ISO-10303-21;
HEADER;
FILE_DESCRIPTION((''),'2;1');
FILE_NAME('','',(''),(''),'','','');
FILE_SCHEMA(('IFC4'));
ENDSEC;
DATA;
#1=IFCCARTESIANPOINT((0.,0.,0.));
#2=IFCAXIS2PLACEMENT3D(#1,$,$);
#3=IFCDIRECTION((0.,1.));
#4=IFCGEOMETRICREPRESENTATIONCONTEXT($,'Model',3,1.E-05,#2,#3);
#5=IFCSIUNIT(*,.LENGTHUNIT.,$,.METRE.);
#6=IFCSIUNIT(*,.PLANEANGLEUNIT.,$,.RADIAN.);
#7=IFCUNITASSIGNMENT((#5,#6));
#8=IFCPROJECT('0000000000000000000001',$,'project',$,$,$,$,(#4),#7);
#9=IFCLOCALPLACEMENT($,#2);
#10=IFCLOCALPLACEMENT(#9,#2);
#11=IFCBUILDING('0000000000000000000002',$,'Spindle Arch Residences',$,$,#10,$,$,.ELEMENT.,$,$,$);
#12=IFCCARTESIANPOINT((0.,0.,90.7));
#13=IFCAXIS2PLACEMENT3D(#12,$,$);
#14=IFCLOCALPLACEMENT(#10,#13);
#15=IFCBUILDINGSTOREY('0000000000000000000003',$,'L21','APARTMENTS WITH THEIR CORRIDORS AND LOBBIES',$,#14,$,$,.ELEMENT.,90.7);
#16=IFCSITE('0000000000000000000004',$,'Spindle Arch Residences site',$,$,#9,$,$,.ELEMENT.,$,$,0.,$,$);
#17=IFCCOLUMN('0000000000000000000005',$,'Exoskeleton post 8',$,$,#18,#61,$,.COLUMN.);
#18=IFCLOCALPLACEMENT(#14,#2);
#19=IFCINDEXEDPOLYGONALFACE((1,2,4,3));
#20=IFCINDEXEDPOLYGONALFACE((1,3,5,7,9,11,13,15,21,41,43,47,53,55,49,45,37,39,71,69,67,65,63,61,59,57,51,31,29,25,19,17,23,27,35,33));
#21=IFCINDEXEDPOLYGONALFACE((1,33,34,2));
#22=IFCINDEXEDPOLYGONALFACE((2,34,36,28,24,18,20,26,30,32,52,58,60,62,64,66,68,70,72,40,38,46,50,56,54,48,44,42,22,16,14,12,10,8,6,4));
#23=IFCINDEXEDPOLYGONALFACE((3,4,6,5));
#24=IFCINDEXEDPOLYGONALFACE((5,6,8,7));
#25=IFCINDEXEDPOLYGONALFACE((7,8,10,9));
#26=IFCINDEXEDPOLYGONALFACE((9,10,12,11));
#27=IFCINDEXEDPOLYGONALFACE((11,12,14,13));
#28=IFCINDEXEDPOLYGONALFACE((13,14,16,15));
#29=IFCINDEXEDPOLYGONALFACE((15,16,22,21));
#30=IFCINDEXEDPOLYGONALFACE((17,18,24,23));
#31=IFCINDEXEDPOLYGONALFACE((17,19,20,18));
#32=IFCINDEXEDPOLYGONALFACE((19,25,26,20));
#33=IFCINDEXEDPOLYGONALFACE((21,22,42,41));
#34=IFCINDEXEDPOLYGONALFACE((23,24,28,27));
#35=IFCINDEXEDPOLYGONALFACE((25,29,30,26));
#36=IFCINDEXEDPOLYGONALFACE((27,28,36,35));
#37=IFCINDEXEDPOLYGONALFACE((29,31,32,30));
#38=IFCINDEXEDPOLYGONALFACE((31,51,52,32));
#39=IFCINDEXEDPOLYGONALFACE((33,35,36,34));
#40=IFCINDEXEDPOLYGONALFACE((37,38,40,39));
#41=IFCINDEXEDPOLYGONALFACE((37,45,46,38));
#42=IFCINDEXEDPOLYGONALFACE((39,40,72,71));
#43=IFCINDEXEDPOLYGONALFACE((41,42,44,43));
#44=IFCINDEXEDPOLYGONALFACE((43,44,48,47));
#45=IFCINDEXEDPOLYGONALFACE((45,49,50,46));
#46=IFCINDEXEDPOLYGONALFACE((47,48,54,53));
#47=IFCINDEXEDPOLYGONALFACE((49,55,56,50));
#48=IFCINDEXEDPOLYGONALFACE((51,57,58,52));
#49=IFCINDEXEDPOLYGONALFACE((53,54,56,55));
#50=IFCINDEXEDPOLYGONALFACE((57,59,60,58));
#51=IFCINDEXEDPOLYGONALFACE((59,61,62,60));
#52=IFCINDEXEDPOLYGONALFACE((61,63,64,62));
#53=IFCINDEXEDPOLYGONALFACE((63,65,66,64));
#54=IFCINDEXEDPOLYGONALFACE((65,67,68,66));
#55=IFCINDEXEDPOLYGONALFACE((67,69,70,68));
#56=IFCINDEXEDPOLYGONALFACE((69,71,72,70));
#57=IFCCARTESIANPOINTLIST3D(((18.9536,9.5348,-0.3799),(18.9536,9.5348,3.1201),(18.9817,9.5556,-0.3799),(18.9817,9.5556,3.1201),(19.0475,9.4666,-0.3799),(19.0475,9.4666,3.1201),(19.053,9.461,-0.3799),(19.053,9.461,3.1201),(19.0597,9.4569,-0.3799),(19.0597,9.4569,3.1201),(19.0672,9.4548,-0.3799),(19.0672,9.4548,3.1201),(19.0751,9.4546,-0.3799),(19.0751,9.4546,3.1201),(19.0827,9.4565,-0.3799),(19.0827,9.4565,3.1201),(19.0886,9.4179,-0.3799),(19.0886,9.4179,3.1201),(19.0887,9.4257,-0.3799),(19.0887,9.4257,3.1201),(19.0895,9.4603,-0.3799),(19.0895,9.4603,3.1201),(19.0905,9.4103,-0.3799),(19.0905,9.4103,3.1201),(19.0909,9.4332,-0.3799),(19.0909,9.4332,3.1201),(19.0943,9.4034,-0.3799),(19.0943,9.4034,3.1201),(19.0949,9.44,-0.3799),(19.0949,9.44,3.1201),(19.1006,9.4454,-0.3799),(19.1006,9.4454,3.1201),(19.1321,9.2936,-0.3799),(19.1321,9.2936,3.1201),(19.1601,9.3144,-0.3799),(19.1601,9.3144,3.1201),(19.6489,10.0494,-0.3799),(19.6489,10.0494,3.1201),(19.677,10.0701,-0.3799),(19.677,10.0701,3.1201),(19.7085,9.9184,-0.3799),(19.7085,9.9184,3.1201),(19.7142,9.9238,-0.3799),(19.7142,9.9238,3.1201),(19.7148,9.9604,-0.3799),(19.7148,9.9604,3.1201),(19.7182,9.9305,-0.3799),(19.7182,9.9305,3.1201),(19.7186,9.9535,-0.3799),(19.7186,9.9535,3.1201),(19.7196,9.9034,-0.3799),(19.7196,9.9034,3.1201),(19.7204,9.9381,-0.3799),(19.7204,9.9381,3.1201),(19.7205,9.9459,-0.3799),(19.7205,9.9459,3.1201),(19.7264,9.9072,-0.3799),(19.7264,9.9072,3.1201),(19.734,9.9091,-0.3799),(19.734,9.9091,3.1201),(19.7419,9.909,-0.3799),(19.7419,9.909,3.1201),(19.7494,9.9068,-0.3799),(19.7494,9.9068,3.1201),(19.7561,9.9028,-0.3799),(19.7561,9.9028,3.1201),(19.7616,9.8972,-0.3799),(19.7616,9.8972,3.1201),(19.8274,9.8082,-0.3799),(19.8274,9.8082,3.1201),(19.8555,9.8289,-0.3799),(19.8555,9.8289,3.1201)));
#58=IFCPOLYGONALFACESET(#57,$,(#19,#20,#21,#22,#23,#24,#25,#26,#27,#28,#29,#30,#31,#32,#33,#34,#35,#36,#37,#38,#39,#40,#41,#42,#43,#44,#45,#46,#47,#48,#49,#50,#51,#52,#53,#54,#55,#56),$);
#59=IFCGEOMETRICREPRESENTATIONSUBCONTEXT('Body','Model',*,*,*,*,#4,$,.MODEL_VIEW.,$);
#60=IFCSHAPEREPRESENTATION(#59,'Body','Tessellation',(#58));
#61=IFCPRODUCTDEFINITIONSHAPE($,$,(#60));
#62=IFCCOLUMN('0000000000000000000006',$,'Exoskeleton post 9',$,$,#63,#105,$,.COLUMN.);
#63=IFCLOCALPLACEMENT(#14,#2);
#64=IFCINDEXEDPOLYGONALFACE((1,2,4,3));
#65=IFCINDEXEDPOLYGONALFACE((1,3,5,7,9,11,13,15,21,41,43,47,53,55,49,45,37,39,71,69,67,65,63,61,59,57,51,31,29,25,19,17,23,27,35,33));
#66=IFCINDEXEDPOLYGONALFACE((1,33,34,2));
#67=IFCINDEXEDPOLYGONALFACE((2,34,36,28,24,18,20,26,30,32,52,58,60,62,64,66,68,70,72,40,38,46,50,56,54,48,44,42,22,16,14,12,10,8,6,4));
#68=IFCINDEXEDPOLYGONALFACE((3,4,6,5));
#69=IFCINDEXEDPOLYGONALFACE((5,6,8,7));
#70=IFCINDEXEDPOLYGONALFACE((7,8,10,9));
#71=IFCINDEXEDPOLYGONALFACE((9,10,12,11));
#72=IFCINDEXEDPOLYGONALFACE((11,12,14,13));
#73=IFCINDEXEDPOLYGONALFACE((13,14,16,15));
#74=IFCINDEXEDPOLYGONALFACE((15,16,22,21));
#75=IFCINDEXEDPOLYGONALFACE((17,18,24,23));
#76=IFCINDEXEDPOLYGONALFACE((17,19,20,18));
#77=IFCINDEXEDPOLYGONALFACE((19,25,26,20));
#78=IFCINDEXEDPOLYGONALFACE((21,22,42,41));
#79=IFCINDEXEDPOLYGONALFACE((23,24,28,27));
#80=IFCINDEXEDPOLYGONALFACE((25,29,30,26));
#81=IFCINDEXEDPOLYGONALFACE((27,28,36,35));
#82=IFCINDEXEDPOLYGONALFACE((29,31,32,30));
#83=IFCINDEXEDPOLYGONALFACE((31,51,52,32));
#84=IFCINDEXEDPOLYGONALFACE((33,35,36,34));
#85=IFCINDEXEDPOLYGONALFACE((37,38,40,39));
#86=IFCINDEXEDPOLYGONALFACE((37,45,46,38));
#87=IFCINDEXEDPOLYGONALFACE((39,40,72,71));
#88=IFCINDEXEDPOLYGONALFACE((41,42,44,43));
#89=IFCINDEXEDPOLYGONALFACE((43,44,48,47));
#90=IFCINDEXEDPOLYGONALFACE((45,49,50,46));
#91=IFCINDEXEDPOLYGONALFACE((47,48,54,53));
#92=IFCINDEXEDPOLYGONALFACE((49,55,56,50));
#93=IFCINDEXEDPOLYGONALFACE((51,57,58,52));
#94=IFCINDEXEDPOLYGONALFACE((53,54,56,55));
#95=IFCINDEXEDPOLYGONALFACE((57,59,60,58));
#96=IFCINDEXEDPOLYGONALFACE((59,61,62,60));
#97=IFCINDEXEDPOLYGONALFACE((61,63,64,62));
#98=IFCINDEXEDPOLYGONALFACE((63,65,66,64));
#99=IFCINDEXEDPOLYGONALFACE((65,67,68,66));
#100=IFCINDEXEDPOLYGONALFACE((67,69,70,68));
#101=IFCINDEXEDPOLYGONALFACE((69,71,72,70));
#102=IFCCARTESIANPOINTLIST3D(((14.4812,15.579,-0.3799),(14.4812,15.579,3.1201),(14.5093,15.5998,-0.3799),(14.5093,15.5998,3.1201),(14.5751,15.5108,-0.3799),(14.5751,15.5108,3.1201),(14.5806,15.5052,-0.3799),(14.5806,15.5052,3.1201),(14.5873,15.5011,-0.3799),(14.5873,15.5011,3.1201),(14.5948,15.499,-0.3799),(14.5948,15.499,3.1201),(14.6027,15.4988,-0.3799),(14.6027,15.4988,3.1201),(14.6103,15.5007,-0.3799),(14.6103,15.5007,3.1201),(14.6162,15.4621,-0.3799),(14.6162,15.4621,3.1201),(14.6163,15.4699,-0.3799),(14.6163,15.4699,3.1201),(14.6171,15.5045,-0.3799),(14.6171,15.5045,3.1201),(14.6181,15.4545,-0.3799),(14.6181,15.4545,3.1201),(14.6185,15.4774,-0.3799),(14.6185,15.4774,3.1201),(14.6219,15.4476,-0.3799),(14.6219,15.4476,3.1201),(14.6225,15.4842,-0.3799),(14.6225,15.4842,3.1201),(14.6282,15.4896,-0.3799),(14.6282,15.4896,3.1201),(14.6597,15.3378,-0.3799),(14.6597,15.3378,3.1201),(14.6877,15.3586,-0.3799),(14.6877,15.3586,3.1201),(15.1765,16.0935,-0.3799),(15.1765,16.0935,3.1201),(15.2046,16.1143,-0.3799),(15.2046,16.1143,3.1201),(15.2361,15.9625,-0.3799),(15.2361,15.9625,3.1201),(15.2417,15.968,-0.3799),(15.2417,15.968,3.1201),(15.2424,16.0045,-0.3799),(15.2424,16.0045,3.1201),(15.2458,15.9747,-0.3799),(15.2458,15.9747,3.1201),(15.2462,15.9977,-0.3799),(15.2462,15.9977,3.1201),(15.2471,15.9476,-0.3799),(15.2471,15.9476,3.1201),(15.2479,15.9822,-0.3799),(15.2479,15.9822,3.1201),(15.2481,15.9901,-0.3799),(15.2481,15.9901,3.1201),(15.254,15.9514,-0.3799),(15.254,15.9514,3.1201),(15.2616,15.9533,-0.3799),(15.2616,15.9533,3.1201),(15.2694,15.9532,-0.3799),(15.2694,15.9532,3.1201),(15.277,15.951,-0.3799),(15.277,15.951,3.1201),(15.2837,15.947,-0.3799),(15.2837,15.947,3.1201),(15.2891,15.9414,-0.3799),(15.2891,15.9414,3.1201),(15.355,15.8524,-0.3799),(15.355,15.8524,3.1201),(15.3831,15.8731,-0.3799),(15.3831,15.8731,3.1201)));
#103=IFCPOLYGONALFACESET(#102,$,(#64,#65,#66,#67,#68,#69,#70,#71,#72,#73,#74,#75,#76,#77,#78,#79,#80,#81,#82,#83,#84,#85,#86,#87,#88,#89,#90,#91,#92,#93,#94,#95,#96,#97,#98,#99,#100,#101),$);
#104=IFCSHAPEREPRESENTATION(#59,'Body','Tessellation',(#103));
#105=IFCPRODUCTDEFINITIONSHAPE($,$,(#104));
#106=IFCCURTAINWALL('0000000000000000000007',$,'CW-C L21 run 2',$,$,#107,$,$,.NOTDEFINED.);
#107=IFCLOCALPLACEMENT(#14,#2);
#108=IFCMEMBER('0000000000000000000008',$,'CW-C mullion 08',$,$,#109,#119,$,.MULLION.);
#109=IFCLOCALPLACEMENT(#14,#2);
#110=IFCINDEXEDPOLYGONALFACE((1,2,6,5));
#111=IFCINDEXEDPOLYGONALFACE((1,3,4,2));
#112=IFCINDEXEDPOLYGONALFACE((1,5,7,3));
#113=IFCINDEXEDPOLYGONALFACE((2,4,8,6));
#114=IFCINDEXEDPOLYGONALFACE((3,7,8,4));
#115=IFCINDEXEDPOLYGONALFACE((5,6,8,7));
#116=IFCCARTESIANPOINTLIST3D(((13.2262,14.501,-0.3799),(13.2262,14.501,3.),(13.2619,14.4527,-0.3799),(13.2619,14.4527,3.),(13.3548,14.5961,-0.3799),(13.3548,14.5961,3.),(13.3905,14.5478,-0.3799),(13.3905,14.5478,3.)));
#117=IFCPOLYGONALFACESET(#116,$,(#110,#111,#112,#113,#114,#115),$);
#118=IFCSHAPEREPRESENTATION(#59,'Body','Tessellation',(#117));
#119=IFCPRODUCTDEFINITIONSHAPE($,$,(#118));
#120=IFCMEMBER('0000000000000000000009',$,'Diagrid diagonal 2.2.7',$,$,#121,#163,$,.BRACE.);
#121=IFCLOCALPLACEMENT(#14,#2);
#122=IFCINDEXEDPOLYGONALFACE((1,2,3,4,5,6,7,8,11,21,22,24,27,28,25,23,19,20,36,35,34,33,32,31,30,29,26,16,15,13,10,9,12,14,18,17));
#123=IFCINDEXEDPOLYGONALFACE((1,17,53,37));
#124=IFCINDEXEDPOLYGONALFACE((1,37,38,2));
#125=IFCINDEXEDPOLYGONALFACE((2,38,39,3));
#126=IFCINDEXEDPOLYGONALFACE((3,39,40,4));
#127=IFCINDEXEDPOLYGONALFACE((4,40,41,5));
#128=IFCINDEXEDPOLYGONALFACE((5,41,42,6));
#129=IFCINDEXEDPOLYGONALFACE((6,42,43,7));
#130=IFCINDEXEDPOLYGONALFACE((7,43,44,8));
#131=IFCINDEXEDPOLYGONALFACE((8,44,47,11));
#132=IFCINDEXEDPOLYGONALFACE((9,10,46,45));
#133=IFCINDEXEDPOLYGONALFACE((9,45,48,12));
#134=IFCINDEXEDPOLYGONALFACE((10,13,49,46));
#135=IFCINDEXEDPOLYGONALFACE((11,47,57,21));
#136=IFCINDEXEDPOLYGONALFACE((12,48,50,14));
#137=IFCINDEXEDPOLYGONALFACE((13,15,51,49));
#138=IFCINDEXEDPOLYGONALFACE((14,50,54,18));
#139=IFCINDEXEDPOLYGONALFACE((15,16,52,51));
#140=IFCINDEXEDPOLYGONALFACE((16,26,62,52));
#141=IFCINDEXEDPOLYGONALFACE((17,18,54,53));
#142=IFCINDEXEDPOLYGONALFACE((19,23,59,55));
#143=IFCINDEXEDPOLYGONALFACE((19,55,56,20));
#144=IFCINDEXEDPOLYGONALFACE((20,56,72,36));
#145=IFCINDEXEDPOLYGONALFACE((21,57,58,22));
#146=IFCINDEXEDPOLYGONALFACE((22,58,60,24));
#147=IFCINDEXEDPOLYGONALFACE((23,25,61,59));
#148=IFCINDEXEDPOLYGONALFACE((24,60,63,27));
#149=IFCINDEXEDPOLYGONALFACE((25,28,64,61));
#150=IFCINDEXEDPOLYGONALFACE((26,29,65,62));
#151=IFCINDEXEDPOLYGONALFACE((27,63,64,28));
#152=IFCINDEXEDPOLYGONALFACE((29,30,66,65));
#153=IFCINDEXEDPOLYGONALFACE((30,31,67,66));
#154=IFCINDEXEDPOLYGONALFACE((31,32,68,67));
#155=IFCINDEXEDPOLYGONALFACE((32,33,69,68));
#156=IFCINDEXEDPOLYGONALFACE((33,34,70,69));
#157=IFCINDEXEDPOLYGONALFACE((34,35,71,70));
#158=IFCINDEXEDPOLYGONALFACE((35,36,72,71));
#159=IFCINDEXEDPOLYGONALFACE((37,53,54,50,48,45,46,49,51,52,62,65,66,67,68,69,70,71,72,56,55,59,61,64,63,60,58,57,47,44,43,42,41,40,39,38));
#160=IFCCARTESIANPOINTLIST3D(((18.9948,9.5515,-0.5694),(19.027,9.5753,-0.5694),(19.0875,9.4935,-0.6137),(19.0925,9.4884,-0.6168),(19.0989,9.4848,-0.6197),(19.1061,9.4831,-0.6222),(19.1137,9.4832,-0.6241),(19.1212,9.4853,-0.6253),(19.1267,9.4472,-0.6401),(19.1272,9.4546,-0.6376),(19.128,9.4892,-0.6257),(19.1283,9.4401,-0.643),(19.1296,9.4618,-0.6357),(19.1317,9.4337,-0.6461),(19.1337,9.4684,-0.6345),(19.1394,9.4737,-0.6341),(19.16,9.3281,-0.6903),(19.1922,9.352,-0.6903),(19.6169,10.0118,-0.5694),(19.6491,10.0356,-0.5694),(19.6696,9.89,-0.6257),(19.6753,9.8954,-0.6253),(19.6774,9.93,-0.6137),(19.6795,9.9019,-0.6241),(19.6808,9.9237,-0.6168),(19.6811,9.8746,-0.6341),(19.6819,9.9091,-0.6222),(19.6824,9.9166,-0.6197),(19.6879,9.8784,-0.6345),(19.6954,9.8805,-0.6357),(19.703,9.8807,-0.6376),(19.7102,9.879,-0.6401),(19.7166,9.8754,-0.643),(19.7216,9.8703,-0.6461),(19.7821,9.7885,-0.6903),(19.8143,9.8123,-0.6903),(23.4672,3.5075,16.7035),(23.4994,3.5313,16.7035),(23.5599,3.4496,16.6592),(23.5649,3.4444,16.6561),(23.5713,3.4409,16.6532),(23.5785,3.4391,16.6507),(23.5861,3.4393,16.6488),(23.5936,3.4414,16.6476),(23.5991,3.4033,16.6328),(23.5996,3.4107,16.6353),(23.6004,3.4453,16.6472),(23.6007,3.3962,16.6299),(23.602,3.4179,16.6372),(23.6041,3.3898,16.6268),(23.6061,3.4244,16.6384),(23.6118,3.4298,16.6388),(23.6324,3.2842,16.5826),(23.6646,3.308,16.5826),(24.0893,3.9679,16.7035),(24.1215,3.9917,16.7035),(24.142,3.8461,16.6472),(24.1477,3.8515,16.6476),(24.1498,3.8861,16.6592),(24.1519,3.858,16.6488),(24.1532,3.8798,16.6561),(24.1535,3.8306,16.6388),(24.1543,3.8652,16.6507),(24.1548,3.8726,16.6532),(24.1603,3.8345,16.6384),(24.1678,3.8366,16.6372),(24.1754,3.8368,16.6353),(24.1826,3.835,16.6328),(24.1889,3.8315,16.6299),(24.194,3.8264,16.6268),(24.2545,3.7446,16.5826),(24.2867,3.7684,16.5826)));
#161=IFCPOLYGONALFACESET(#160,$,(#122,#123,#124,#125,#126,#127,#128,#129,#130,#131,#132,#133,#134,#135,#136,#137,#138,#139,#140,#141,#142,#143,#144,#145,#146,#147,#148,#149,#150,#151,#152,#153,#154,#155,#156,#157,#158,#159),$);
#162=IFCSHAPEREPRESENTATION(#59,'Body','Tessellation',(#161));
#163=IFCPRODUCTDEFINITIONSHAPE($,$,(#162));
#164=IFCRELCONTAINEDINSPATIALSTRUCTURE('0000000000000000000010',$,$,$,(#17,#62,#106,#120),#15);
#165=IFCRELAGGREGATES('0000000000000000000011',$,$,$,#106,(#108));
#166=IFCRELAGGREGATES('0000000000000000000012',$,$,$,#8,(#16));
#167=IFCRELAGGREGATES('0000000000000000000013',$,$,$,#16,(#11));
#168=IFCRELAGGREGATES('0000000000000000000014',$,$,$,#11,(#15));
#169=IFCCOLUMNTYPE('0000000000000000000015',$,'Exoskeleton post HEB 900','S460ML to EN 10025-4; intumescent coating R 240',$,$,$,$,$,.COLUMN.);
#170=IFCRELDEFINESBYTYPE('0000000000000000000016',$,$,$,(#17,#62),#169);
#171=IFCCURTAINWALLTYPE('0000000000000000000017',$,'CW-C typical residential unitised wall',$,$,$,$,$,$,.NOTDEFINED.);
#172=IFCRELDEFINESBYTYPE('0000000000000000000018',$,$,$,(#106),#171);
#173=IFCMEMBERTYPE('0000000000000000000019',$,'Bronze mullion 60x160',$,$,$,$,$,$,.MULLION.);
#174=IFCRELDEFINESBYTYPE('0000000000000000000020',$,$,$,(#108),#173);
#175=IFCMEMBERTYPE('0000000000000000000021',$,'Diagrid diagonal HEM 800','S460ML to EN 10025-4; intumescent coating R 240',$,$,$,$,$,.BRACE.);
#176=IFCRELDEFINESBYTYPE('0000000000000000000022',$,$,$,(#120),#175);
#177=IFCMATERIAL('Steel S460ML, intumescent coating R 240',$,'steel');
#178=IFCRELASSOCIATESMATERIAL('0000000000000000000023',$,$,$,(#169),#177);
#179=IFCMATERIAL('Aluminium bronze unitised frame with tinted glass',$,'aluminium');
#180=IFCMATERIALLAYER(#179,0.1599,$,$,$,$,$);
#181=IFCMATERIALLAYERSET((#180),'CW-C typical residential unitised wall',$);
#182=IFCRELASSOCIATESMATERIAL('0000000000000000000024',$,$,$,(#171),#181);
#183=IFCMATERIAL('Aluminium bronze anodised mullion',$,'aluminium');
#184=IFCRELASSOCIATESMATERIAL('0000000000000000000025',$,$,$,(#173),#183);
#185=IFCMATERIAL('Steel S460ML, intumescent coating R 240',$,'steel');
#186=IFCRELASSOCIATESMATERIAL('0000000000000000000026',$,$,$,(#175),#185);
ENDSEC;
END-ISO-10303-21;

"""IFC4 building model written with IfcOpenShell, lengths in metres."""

from ifc_helpers import new_model, si_unit, direction, frame, origin, origin_2d, place, context, subcontext, project, spatial, rectangle, i_section, extrude, material, layer, layer_set, material_profile, profile_set, type_object, element, aggregate, save


model = new_model("IFC4")

# Units and contexts
model_context = context("Model", 3, precision=1e-05, world=origin(), true_north=direction((0.0, 1.0)))
body_context = subcontext(model_context, "Body", "Model", "MODEL_VIEW")
ifc_project = project(units=[si_unit("LENGTHUNIT", "METRE"), si_unit("PLANEANGLEUNIT", "RADIAN")], contexts=[model_context])

# Site, building, storey
site_placement = place(None, origin())
site = spatial("IfcSite", under=ifc_project, at=site_placement, Name="Spindle Arch Residences site", CompositionType="ELEMENT", RefElevation=0.0)
building_placement = place(site_placement, origin())
building = spatial("IfcBuilding", under=site, at=building_placement, Name="Spindle Arch Residences", CompositionType="ELEMENT")
storey_placement = place(building_placement, frame((0.0, 0.0, 90.7)))
storey = spatial("IfcBuildingStorey", under=building, at=storey_placement, Name="L21", Description="APARTMENTS WITH THEIR CORRIDORS AND LOBBIES", CompositionType="ELEMENT", Elevation=90.7)

# Columns
ifc_material_1 = material(Name="Steel S460ML, intumescent coating R 240", Category="steel")
ifc_material_profile_1 = material_profile(ifc_material_1, i_section(OverallWidth=0.3, OverallDepth=0.8999, WebThickness=0.0186, FlangeThickness=0.0349, FilletRadius=0.03, at=origin_2d()), Name="HEB 900")
ifc_profile_set_1 = profile_set([ifc_material_profile_1], Name="Steel S460ML, intumescent coating R 240")
column_type = type_object("IfcColumnType", Name="Exoskeleton post HEB 900", Description="S460ML to EN 10025-4; intumescent coating R 240", PredefinedType="COLUMN", material=ifc_profile_set_1)
for number, where, z_axis, x_axis, name in (
    (1, (19.4045, 9.6819, -0.3799), (0.0, 0.0, 1.0), (0.594823, -0.803857, 0.0), "Exoskeleton post 8"),
    (2, (14.9321, 15.7261, -0.3799), (0.0, 0.0, 1.0), (0.594823, -0.803857, 0.0), "Exoskeleton post 9"),
):
    element("IfcColumn", number, at=place(storey_placement, frame(where, z_axis=z_axis, x_axis=x_axis)), inside=storey, type_object=column_type, Name=name, PredefinedType="COLUMN", context=body_context, shape_type="SweptSolid", body=[
        extrude(i_section(OverallWidth=0.3, OverallDepth=0.8999, WebThickness=0.0186, FlangeThickness=0.0349, FilletRadius=0.03, at=origin_2d()), origin(), (0.0, 0.0, 1.0), 3.5),
    ])

# Curtain wall, member
ifc_material_2 = material(Name="Aluminium bronze unitised frame with tinted glass", Category="aluminium")
ifc_layer_1 = layer(ifc_material_2, 0.1599)
ifc_layer_set_1 = layer_set([ifc_layer_1], Name="CW-C typical residential unitised wall")
curtain_wall_type = type_object("IfcCurtainWallType", Name="CW-C typical residential unitised wall", PredefinedType="NOTDEFINED", material=ifc_layer_set_1)
curtain_wall_placement = place(storey_placement, origin())
curtain_wall = element("IfcCurtainWall", 3, at=curtain_wall_placement, inside=storey, type_object=curtain_wall_type, Name="CW-C L21 run 2", PredefinedType="NOTDEFINED")
ifc_material_3 = material(Name="Aluminium bronze anodised mullion", Category="aluminium")
ifc_material_profile_2 = material_profile(ifc_material_3, rectangle(XDim=0.1599, YDim=0.0601, at=origin_2d()), Name="MU 60x160")
ifc_profile_set_2 = profile_set([ifc_material_profile_2], Name="Aluminium bronze anodised mullion")
member_type_1 = type_object("IfcMemberType", Name="Bronze mullion 60x160", PredefinedType="MULLION", material=ifc_profile_set_2)
member_1_placement = place(storey_placement, frame((13.3083, 14.5244, -0.3799), z_axis=(0.0, 0.0, 1.0), x_axis=(-0.803857, -0.594823, 0.0)))
member_1 = element("IfcMember", 4, at=member_1_placement, type_object=member_type_1, Name="CW-C mullion 08", PredefinedType="MULLION", context=body_context, shape_type="SweptSolid", body=[
    extrude(rectangle(XDim=0.1599, YDim=0.0601, at=origin_2d()), origin(), (0.0, 0.0, 1.0), 3.3799),
])

# Member
ifc_material_4 = material(Name="Steel S460ML, intumescent coating R 240", Category="steel")
ifc_material_profile_3 = material_profile(ifc_material_4, i_section(OverallWidth=0.303, OverallDepth=0.814, WebThickness=0.021, FlangeThickness=0.04, FilletRadius=0.03, at=origin_2d()), Name="HEM 800")
ifc_profile_set_3 = profile_set([ifc_material_profile_3], Name="Steel S460ML, intumescent coating R 240")
member_type_2 = type_object("IfcMemberType", Name="Diagrid diagonal HEM 800", Description="S460ML to EN 10025-4; intumescent coating R 240", PredefinedType="BRACE", material=ifc_profile_set_3)
member_2_placement = place(storey_placement, frame((19.4045, 9.6819, -0.6299), z_axis=(0.237409, -0.320831, 0.9169), x_axis=(-0.545403, 0.737049, 0.399118)))
element("IfcMember", 5, at=member_2_placement, inside=storey, type_object=member_type_2, Name="Diagrid diagonal 2.2.7", PredefinedType="BRACE", context=body_context, shape_type="SweptSolid", body=[
    extrude(i_section(OverallWidth=0.303, OverallDepth=0.814, WebThickness=0.021, FlangeThickness=0.04, FilletRadius=0.03, at=origin_2d()), origin(), (0.0, 0.0, 1.0), 18.8384),
])

aggregate(curtain_wall, [member_1])

save(model, "model.ifc")
